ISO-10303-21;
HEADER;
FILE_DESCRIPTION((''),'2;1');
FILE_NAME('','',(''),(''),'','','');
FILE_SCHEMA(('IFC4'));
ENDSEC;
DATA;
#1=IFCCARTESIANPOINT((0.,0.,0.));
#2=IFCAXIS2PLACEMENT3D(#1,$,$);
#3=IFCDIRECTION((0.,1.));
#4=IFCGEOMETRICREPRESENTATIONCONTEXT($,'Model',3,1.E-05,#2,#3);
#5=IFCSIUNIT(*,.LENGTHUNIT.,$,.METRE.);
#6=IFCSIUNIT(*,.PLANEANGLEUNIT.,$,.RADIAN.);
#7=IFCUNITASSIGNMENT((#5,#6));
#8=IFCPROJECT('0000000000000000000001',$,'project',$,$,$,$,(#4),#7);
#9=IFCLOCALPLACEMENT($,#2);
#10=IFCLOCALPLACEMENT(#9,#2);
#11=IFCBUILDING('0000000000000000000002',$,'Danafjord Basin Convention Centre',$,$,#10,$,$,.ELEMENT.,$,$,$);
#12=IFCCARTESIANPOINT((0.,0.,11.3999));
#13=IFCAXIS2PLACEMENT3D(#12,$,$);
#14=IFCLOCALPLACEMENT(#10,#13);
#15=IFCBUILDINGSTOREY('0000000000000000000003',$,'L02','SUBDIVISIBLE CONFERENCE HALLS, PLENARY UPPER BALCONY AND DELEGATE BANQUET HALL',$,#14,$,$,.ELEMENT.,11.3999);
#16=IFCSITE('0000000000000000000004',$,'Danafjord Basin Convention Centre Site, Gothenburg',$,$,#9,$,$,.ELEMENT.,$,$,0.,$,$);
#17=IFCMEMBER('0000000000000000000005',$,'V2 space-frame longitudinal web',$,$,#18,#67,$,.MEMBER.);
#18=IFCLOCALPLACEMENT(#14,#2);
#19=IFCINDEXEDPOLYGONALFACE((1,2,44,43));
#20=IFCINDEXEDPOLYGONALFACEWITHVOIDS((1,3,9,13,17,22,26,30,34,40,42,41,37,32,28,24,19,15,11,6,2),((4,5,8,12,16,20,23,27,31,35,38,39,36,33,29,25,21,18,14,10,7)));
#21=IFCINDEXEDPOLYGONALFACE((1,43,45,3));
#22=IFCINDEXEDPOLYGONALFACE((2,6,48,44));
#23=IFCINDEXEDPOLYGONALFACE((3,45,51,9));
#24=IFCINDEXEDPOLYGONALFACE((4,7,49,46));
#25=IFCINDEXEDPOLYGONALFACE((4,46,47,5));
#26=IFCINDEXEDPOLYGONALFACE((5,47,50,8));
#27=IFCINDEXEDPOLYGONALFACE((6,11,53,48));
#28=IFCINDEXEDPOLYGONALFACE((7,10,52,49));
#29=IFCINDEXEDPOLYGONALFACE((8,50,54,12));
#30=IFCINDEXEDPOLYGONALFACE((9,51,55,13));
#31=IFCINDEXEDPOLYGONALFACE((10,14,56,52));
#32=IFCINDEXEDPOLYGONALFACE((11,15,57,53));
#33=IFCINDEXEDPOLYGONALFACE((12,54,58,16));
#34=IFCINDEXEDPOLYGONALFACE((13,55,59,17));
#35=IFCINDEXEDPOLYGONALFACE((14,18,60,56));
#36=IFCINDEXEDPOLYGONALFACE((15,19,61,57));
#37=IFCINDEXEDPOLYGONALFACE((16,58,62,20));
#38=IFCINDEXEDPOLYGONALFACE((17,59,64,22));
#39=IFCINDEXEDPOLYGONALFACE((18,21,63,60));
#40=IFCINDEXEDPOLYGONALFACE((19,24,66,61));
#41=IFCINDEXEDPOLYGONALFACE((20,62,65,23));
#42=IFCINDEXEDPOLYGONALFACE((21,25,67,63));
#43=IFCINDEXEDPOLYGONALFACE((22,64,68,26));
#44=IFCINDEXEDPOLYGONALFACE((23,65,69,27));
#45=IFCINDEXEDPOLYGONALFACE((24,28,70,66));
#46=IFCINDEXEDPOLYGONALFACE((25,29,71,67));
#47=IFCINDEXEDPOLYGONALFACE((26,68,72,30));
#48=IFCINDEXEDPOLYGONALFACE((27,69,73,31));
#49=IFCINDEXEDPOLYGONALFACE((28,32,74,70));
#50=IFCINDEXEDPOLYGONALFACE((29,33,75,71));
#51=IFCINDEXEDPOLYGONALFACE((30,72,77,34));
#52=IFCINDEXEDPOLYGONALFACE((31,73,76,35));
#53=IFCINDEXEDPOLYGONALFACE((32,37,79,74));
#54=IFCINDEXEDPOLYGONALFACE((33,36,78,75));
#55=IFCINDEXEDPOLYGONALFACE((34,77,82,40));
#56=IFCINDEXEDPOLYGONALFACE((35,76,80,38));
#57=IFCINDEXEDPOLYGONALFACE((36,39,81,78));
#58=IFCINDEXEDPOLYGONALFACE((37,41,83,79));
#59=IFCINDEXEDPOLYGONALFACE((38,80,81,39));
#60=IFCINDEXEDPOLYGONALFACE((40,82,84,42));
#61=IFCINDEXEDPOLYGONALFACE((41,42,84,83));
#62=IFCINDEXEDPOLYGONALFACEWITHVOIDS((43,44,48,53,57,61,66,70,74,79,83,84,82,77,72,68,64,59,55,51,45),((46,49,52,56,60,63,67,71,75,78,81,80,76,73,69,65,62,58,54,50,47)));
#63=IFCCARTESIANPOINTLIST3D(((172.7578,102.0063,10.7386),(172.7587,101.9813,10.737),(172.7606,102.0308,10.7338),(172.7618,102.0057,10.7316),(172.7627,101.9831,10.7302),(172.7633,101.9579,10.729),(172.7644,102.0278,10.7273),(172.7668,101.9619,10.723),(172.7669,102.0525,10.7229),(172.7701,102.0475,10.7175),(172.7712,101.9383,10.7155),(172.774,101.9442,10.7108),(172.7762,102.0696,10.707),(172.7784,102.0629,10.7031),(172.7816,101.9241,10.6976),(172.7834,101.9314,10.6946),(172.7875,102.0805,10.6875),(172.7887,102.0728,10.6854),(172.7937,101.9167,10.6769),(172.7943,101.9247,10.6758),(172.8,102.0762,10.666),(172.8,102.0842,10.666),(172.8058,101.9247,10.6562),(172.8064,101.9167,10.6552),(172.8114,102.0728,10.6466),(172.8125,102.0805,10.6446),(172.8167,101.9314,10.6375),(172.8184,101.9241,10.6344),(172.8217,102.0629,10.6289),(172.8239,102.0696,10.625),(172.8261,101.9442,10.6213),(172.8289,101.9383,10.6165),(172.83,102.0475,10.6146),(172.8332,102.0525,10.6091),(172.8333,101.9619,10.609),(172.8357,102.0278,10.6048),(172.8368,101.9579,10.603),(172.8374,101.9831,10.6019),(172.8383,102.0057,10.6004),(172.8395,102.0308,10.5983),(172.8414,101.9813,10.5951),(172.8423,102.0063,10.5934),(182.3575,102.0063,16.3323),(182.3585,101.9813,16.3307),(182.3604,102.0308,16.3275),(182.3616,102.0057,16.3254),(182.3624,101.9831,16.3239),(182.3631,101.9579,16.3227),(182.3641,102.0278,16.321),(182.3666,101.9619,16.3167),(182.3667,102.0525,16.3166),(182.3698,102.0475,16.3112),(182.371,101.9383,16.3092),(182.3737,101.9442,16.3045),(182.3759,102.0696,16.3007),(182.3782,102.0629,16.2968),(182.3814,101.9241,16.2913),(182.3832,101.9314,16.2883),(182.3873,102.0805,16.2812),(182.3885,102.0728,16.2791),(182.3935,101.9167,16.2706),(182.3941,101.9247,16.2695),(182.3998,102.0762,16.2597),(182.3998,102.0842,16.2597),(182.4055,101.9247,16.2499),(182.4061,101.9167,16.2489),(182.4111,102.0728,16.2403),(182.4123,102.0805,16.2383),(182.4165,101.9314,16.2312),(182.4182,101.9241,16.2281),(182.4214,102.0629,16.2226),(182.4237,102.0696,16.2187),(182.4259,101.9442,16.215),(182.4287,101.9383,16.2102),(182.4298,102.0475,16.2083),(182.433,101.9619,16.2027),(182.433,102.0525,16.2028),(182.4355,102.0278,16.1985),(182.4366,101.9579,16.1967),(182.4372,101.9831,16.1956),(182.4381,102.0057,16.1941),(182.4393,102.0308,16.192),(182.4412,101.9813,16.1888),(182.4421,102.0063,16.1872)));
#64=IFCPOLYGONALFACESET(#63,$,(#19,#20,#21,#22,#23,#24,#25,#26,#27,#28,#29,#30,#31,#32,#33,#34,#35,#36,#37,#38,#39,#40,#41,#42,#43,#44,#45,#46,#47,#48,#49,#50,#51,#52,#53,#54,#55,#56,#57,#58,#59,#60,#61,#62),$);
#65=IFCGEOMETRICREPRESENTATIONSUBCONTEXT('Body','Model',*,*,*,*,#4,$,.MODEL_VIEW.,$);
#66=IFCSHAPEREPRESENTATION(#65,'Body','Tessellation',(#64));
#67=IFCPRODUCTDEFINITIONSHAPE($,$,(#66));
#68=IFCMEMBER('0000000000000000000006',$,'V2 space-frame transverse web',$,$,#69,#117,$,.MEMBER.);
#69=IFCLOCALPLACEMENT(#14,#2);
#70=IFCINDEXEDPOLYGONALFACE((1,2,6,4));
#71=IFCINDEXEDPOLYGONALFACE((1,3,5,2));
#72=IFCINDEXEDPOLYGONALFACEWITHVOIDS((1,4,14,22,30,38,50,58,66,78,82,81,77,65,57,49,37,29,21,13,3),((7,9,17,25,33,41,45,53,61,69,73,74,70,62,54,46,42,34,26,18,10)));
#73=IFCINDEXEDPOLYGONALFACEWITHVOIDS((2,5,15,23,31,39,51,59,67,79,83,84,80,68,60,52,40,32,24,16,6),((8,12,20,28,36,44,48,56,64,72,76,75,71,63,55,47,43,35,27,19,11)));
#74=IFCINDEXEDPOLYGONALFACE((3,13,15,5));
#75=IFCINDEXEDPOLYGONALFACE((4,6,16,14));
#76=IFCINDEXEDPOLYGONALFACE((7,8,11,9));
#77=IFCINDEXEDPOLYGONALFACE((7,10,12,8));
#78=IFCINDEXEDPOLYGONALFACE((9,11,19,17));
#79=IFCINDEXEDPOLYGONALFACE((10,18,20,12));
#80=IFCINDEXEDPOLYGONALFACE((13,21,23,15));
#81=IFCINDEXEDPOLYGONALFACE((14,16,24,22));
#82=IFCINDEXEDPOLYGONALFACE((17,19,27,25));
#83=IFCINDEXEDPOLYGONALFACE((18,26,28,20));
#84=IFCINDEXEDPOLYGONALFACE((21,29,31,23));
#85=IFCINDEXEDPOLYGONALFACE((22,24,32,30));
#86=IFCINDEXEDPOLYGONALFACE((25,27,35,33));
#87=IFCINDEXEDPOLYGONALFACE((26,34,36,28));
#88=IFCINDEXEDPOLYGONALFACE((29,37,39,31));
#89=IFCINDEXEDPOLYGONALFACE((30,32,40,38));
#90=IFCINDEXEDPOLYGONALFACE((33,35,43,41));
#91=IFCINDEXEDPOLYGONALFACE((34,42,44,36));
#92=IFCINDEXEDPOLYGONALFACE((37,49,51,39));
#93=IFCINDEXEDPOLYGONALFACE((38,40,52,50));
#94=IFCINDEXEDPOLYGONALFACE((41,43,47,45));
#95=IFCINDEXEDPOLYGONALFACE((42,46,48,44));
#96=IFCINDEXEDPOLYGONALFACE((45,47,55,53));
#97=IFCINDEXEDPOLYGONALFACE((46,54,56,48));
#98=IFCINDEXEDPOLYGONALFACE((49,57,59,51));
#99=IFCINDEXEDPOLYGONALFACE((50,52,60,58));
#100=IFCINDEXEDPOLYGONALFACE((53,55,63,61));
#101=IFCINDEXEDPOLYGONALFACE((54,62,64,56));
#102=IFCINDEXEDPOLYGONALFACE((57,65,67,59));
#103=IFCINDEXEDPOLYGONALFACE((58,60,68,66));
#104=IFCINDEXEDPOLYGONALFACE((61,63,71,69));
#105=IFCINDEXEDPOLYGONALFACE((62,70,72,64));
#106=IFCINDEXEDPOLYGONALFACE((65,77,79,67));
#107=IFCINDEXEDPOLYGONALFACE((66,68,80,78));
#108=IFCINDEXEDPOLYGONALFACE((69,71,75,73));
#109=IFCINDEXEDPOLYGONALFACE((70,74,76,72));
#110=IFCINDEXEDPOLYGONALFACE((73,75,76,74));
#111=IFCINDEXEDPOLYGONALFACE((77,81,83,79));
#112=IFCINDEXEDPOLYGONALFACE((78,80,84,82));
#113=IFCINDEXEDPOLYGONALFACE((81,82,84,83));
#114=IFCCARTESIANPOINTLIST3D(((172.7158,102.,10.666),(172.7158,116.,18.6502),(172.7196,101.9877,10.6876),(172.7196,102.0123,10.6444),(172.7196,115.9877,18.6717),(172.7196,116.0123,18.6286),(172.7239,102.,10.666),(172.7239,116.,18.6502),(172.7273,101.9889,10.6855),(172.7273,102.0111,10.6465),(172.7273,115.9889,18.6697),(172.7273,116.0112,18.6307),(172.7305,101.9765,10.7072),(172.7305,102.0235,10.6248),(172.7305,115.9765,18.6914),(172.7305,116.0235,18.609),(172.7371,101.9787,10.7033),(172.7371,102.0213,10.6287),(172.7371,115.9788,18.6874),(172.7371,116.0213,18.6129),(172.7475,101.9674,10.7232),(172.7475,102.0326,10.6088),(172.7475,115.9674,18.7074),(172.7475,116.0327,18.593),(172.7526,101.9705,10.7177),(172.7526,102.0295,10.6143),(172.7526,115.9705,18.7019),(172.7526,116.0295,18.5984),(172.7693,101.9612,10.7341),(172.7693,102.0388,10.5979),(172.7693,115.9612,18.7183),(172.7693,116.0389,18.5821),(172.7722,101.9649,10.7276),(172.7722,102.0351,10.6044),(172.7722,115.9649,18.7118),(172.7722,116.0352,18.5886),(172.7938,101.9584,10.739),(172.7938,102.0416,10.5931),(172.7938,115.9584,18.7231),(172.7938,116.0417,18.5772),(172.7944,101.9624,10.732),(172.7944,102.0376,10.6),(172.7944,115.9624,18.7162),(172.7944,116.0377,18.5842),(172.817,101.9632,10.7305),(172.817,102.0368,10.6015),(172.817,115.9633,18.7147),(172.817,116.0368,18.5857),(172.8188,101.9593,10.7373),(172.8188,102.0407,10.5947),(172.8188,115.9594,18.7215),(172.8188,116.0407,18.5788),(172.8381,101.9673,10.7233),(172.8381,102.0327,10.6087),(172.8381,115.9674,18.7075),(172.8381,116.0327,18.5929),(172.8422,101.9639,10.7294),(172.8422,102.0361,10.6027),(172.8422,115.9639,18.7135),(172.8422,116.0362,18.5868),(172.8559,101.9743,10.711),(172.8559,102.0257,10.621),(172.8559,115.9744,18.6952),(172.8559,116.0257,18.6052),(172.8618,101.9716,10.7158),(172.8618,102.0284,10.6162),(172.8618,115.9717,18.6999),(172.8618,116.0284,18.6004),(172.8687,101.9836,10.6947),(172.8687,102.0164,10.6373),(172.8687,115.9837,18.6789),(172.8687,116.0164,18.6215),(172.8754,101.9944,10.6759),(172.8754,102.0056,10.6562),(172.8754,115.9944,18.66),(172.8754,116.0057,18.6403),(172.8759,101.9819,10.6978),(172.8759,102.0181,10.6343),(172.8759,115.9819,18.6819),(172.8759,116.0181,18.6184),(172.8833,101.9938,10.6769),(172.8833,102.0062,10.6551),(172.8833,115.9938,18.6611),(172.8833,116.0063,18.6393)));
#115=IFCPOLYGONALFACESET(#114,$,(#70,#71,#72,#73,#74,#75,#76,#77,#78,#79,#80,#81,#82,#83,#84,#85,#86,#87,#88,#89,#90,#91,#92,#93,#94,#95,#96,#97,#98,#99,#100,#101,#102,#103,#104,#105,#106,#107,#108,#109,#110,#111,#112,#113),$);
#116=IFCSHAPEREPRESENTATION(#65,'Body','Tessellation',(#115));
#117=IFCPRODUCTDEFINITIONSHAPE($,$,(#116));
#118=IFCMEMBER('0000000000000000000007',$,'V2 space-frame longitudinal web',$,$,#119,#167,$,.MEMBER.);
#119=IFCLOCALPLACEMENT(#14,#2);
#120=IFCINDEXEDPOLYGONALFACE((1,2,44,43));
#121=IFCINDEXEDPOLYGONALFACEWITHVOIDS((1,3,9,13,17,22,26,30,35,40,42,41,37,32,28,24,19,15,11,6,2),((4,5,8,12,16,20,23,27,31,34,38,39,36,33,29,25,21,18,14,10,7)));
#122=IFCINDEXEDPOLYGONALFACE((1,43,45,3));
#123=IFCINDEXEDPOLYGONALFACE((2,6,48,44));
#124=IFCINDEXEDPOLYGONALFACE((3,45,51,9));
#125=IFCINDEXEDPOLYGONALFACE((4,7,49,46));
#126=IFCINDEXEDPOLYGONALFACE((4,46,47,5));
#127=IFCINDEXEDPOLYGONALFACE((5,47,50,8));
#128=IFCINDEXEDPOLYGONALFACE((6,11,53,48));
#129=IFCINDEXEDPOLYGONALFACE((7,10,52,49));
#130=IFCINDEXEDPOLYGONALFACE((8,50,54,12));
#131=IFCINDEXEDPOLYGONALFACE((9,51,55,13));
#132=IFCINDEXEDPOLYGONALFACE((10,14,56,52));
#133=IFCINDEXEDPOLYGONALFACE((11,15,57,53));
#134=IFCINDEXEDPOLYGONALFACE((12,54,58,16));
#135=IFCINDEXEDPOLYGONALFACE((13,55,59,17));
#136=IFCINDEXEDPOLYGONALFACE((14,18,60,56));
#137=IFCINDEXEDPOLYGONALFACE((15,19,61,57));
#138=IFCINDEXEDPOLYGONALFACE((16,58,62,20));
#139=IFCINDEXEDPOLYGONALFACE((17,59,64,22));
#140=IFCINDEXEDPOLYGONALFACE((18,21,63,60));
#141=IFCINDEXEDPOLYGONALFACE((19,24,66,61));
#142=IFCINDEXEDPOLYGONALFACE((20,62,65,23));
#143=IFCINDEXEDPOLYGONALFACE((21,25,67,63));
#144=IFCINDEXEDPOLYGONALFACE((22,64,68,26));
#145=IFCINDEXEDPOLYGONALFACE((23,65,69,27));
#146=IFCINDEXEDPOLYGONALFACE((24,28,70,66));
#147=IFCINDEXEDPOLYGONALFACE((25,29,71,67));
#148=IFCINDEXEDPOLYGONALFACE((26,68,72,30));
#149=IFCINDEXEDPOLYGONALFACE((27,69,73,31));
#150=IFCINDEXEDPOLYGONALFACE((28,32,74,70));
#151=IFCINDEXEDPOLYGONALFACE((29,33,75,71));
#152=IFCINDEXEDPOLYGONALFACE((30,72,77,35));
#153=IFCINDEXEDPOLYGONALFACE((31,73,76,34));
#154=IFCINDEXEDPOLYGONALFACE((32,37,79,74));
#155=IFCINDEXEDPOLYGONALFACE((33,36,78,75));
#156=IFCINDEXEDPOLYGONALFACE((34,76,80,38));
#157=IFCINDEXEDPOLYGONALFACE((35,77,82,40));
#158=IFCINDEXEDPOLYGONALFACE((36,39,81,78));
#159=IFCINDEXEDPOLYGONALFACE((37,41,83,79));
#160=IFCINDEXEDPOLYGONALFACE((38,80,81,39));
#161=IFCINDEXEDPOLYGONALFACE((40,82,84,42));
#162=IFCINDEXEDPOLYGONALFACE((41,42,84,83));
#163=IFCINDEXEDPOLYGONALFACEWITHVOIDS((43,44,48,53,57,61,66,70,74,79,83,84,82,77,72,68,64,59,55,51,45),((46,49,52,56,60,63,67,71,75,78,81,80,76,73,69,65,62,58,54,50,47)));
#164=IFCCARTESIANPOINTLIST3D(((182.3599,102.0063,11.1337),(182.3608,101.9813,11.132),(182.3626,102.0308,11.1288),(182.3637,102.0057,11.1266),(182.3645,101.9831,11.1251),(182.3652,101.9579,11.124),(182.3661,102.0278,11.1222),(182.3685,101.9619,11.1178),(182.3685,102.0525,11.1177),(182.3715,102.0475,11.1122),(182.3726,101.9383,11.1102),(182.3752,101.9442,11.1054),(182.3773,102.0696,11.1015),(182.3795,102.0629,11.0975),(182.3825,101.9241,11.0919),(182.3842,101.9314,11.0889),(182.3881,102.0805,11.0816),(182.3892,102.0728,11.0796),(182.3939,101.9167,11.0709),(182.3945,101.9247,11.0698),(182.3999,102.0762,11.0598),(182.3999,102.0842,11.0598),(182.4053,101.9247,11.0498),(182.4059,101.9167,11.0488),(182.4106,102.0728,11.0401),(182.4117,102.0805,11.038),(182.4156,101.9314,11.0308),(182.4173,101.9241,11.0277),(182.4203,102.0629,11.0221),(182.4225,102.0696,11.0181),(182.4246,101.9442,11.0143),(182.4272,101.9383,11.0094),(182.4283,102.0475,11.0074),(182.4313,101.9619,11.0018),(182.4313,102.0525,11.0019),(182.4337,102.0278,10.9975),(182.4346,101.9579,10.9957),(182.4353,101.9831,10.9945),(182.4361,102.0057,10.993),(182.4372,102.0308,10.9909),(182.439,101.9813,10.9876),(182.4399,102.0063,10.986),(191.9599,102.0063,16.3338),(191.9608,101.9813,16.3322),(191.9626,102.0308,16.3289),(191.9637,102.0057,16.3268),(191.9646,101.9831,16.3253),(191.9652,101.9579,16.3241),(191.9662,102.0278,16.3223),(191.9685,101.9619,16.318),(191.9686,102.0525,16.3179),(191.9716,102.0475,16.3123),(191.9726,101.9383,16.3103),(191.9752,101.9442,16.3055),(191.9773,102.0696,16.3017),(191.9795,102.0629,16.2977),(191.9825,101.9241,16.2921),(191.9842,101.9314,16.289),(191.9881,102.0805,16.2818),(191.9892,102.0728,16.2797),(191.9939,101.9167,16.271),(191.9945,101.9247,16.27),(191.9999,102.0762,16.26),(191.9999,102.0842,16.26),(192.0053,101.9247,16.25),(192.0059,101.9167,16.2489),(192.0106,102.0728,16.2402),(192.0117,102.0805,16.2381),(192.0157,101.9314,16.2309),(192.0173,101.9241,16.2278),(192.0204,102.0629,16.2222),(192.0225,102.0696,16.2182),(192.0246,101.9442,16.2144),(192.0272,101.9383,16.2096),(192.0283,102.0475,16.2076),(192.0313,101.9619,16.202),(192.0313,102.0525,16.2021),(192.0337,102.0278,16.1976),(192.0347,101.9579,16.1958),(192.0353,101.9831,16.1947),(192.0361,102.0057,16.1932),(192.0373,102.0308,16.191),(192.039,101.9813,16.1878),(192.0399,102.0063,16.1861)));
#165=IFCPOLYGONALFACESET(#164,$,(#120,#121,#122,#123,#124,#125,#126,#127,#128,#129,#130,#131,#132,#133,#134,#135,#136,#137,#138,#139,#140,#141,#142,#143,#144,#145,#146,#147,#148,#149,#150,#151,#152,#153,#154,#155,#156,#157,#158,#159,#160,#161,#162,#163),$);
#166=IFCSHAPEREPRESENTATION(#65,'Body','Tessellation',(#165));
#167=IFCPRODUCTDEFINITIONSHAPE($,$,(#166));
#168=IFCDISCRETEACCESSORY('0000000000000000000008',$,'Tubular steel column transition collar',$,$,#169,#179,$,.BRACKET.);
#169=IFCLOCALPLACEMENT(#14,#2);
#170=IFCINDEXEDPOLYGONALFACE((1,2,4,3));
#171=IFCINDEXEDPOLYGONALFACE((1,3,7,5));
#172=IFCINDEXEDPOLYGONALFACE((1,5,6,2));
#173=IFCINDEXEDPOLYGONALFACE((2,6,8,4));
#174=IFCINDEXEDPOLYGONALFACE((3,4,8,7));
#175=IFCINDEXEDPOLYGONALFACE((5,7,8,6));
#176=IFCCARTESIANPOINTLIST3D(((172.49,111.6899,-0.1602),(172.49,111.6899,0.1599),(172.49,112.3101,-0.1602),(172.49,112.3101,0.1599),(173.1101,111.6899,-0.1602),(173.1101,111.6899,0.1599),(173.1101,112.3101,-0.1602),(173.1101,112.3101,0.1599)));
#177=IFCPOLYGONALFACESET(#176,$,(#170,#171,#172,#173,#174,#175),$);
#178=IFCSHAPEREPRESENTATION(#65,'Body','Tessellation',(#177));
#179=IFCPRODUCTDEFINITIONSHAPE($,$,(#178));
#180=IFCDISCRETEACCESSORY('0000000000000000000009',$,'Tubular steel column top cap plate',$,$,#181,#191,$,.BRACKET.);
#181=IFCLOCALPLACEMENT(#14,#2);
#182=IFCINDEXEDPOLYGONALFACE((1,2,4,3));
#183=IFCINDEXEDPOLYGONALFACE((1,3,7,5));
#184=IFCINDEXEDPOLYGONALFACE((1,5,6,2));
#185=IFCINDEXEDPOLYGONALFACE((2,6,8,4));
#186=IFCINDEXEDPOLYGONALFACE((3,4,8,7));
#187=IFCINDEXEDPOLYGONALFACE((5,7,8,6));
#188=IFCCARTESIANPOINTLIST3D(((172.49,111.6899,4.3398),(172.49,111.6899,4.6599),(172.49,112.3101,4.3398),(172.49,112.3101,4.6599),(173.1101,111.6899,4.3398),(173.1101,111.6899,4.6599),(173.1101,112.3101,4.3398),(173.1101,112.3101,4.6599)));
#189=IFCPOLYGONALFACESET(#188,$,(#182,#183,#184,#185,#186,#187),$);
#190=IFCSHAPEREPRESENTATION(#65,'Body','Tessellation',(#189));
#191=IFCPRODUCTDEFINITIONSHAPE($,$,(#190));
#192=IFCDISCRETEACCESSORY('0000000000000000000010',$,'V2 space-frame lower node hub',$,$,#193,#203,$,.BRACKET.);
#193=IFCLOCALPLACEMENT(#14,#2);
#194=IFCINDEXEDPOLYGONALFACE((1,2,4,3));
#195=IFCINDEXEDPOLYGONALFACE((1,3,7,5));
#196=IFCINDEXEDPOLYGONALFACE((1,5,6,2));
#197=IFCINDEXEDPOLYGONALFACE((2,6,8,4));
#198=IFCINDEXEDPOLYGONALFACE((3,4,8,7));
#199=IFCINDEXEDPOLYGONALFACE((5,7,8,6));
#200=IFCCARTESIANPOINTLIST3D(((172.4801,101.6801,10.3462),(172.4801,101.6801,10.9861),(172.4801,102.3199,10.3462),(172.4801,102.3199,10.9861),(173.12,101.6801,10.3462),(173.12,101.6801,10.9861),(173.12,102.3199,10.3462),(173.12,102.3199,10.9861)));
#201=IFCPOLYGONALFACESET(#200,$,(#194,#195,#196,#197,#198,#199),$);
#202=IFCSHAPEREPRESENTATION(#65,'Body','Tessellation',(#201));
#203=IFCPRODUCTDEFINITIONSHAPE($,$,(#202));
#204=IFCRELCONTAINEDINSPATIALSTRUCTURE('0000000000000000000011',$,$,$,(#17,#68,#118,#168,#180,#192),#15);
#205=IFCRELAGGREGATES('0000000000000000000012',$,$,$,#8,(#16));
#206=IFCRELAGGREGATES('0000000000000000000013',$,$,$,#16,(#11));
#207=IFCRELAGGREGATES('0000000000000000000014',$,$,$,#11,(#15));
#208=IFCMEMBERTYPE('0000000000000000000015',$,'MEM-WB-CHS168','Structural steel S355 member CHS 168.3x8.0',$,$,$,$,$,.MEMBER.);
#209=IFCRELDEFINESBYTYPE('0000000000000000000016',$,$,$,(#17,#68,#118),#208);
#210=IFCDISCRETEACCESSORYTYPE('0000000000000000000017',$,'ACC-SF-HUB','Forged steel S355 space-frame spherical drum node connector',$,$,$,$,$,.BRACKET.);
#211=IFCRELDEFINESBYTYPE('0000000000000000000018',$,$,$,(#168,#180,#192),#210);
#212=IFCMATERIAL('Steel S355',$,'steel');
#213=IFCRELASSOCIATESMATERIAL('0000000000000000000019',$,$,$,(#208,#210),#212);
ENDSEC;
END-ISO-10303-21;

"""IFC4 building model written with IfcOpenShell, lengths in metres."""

from ifc_helpers import new_model, si_unit, direction, frame, origin, origin_2d, place, context, subcontext, project, spatial, rectangle, hollow_circle, extrude, material, material_profile, profile_set, type_object, element, save


model = new_model("IFC4")

# Units and contexts
model_context = context("Model", 3, precision=1e-05, world=origin(), true_north=direction((0.0, 1.0)))
body_context = subcontext(model_context, "Body", "Model", "MODEL_VIEW")
ifc_project = project(units=[si_unit("LENGTHUNIT", "METRE"), si_unit("PLANEANGLEUNIT", "RADIAN")], contexts=[model_context])

# Site, building, storey
site_placement = place(None, origin())
site = spatial("IfcSite", under=ifc_project, at=site_placement, Name="Danafjord Basin Convention Centre Site, Gothenburg", CompositionType="ELEMENT", RefElevation=0.0)
building_placement = place(site_placement, origin())
building = spatial("IfcBuilding", under=site, at=building_placement, Name="Danafjord Basin Convention Centre", CompositionType="ELEMENT")
storey_placement = place(building_placement, frame((0.0, 0.0, 11.3999)))
storey = spatial("IfcBuildingStorey", under=building, at=storey_placement, Name="L02", Description="SUBDIVISIBLE CONFERENCE HALLS, PLENARY UPPER BALCONY AND DELEGATE BANQUET HALL", CompositionType="ELEMENT", Elevation=11.3999)

# Shared definitions
ifc_material = material(Name="Steel S355", Category="steel")

# Members
ifc_material_profile_1 = material_profile(ifc_material, hollow_circle(Radius=0.0842, WallThickness=0.0081, at=origin_2d()), Name="CHS 168.3x8.0")
ifc_profile_set_1 = profile_set([ifc_material_profile_1], Name="Steel S355")
member_type_1 = type_object("IfcMemberType", Name="MEM-WB-CHS168", Description="Structural steel S355 member CHS 168.3x8.0", PredefinedType="MEMBER", material=ifc_profile_set_1)
member_1_placement = place(storey_placement, frame((172.8, 102.0, 10.666), z_axis=(0.86402, 0.0, 0.503457), x_axis=(0.0, 1.0, 0.0)))
element("IfcMember", 1, at=member_1_placement, inside=storey, type_object=member_type_1, Name="V2 space-frame longitudinal web", PredefinedType="MEMBER", context=body_context, shape_type="SweptSolid", body=[
    extrude(hollow_circle(Radius=0.0842, WallThickness=0.0081, at=origin_2d()), origin(), (0.0, 0.0, 1.0), 11.1106),
])
member_2_placement = place(storey_placement, frame((172.8, 102.0, 10.666), z_axis=(0.0, 0.868667, 0.495396), x_axis=(-1.0, 0.0, 0.0)))
element("IfcMember", 2, at=member_2_placement, inside=storey, type_object=member_type_1, Name="V2 space-frame transverse web", PredefinedType="MEMBER", context=body_context, shape_type="SweptSolid", body=[
    extrude(hollow_circle(Radius=0.0842, WallThickness=0.0081, at=origin_2d()), origin(), (0.0, 0.0, 1.0), 16.1167),
])
member_3_placement = place(storey_placement, frame((182.3999, 102.0, 11.0598), z_axis=(0.879287, 0.0, 0.476293), x_axis=(0.0, 1.0, 0.0)))
element("IfcMember", 3, at=member_3_placement, inside=storey, type_object=member_type_1, Name="V2 space-frame longitudinal web", PredefinedType="MEMBER", context=body_context, shape_type="SweptSolid", body=[
    extrude(hollow_circle(Radius=0.0842, WallThickness=0.0081, at=origin_2d()), origin(), (0.0, 0.0, 1.0), 10.918),
])

# Discrete accessories
discrete_accessory_type = type_object("IfcDiscreteAccessoryType", Name="ACC-SF-HUB", Description="Forged steel S355 space-frame spherical drum node connector", PredefinedType="BRACKET", material=ifc_material)
for number, where, z_axis, x_axis, name in (
    (4, (172.8, 112.0, -0.1602), (0.0, 0.0, 1.0), (1.0, 0.0, 0.0), "Tubular steel column transition collar"),
    (5, (172.8, 112.0, 4.3398), (0.0, 0.0, 1.0), (1.0, 0.0, 0.0), "Tubular steel column top cap plate"),
):
    element("IfcDiscreteAccessory", number, at=place(storey_placement, frame(where, z_axis=z_axis, x_axis=x_axis)), inside=storey, type_object=discrete_accessory_type, Name=name, PredefinedType="BRACKET", context=body_context, shape_type="SweptSolid", body=[
        extrude(rectangle(XDim=0.6201, YDim=0.6201, at=origin_2d()), origin(), (0.0, 0.0, 1.0), 0.3201),
    ])
for number, where, z_axis, x_axis, name in (
    (6, (172.8, 102.0, 10.3462), (0.0, 0.0, 1.0), (1.0, 0.0, 0.0), "V2 space-frame lower node hub"),
):
    element("IfcDiscreteAccessory", number, at=place(storey_placement, frame(where, z_axis=z_axis, x_axis=x_axis)), inside=storey, type_object=discrete_accessory_type, Name=name, PredefinedType="BRACKET", context=body_context, shape_type="SweptSolid", body=[
        extrude(rectangle(XDim=0.6399, YDim=0.6399, at=origin_2d()), origin(), (0.0, 0.0, 1.0), 0.6399),
    ])

save(model, "model.ifc")
